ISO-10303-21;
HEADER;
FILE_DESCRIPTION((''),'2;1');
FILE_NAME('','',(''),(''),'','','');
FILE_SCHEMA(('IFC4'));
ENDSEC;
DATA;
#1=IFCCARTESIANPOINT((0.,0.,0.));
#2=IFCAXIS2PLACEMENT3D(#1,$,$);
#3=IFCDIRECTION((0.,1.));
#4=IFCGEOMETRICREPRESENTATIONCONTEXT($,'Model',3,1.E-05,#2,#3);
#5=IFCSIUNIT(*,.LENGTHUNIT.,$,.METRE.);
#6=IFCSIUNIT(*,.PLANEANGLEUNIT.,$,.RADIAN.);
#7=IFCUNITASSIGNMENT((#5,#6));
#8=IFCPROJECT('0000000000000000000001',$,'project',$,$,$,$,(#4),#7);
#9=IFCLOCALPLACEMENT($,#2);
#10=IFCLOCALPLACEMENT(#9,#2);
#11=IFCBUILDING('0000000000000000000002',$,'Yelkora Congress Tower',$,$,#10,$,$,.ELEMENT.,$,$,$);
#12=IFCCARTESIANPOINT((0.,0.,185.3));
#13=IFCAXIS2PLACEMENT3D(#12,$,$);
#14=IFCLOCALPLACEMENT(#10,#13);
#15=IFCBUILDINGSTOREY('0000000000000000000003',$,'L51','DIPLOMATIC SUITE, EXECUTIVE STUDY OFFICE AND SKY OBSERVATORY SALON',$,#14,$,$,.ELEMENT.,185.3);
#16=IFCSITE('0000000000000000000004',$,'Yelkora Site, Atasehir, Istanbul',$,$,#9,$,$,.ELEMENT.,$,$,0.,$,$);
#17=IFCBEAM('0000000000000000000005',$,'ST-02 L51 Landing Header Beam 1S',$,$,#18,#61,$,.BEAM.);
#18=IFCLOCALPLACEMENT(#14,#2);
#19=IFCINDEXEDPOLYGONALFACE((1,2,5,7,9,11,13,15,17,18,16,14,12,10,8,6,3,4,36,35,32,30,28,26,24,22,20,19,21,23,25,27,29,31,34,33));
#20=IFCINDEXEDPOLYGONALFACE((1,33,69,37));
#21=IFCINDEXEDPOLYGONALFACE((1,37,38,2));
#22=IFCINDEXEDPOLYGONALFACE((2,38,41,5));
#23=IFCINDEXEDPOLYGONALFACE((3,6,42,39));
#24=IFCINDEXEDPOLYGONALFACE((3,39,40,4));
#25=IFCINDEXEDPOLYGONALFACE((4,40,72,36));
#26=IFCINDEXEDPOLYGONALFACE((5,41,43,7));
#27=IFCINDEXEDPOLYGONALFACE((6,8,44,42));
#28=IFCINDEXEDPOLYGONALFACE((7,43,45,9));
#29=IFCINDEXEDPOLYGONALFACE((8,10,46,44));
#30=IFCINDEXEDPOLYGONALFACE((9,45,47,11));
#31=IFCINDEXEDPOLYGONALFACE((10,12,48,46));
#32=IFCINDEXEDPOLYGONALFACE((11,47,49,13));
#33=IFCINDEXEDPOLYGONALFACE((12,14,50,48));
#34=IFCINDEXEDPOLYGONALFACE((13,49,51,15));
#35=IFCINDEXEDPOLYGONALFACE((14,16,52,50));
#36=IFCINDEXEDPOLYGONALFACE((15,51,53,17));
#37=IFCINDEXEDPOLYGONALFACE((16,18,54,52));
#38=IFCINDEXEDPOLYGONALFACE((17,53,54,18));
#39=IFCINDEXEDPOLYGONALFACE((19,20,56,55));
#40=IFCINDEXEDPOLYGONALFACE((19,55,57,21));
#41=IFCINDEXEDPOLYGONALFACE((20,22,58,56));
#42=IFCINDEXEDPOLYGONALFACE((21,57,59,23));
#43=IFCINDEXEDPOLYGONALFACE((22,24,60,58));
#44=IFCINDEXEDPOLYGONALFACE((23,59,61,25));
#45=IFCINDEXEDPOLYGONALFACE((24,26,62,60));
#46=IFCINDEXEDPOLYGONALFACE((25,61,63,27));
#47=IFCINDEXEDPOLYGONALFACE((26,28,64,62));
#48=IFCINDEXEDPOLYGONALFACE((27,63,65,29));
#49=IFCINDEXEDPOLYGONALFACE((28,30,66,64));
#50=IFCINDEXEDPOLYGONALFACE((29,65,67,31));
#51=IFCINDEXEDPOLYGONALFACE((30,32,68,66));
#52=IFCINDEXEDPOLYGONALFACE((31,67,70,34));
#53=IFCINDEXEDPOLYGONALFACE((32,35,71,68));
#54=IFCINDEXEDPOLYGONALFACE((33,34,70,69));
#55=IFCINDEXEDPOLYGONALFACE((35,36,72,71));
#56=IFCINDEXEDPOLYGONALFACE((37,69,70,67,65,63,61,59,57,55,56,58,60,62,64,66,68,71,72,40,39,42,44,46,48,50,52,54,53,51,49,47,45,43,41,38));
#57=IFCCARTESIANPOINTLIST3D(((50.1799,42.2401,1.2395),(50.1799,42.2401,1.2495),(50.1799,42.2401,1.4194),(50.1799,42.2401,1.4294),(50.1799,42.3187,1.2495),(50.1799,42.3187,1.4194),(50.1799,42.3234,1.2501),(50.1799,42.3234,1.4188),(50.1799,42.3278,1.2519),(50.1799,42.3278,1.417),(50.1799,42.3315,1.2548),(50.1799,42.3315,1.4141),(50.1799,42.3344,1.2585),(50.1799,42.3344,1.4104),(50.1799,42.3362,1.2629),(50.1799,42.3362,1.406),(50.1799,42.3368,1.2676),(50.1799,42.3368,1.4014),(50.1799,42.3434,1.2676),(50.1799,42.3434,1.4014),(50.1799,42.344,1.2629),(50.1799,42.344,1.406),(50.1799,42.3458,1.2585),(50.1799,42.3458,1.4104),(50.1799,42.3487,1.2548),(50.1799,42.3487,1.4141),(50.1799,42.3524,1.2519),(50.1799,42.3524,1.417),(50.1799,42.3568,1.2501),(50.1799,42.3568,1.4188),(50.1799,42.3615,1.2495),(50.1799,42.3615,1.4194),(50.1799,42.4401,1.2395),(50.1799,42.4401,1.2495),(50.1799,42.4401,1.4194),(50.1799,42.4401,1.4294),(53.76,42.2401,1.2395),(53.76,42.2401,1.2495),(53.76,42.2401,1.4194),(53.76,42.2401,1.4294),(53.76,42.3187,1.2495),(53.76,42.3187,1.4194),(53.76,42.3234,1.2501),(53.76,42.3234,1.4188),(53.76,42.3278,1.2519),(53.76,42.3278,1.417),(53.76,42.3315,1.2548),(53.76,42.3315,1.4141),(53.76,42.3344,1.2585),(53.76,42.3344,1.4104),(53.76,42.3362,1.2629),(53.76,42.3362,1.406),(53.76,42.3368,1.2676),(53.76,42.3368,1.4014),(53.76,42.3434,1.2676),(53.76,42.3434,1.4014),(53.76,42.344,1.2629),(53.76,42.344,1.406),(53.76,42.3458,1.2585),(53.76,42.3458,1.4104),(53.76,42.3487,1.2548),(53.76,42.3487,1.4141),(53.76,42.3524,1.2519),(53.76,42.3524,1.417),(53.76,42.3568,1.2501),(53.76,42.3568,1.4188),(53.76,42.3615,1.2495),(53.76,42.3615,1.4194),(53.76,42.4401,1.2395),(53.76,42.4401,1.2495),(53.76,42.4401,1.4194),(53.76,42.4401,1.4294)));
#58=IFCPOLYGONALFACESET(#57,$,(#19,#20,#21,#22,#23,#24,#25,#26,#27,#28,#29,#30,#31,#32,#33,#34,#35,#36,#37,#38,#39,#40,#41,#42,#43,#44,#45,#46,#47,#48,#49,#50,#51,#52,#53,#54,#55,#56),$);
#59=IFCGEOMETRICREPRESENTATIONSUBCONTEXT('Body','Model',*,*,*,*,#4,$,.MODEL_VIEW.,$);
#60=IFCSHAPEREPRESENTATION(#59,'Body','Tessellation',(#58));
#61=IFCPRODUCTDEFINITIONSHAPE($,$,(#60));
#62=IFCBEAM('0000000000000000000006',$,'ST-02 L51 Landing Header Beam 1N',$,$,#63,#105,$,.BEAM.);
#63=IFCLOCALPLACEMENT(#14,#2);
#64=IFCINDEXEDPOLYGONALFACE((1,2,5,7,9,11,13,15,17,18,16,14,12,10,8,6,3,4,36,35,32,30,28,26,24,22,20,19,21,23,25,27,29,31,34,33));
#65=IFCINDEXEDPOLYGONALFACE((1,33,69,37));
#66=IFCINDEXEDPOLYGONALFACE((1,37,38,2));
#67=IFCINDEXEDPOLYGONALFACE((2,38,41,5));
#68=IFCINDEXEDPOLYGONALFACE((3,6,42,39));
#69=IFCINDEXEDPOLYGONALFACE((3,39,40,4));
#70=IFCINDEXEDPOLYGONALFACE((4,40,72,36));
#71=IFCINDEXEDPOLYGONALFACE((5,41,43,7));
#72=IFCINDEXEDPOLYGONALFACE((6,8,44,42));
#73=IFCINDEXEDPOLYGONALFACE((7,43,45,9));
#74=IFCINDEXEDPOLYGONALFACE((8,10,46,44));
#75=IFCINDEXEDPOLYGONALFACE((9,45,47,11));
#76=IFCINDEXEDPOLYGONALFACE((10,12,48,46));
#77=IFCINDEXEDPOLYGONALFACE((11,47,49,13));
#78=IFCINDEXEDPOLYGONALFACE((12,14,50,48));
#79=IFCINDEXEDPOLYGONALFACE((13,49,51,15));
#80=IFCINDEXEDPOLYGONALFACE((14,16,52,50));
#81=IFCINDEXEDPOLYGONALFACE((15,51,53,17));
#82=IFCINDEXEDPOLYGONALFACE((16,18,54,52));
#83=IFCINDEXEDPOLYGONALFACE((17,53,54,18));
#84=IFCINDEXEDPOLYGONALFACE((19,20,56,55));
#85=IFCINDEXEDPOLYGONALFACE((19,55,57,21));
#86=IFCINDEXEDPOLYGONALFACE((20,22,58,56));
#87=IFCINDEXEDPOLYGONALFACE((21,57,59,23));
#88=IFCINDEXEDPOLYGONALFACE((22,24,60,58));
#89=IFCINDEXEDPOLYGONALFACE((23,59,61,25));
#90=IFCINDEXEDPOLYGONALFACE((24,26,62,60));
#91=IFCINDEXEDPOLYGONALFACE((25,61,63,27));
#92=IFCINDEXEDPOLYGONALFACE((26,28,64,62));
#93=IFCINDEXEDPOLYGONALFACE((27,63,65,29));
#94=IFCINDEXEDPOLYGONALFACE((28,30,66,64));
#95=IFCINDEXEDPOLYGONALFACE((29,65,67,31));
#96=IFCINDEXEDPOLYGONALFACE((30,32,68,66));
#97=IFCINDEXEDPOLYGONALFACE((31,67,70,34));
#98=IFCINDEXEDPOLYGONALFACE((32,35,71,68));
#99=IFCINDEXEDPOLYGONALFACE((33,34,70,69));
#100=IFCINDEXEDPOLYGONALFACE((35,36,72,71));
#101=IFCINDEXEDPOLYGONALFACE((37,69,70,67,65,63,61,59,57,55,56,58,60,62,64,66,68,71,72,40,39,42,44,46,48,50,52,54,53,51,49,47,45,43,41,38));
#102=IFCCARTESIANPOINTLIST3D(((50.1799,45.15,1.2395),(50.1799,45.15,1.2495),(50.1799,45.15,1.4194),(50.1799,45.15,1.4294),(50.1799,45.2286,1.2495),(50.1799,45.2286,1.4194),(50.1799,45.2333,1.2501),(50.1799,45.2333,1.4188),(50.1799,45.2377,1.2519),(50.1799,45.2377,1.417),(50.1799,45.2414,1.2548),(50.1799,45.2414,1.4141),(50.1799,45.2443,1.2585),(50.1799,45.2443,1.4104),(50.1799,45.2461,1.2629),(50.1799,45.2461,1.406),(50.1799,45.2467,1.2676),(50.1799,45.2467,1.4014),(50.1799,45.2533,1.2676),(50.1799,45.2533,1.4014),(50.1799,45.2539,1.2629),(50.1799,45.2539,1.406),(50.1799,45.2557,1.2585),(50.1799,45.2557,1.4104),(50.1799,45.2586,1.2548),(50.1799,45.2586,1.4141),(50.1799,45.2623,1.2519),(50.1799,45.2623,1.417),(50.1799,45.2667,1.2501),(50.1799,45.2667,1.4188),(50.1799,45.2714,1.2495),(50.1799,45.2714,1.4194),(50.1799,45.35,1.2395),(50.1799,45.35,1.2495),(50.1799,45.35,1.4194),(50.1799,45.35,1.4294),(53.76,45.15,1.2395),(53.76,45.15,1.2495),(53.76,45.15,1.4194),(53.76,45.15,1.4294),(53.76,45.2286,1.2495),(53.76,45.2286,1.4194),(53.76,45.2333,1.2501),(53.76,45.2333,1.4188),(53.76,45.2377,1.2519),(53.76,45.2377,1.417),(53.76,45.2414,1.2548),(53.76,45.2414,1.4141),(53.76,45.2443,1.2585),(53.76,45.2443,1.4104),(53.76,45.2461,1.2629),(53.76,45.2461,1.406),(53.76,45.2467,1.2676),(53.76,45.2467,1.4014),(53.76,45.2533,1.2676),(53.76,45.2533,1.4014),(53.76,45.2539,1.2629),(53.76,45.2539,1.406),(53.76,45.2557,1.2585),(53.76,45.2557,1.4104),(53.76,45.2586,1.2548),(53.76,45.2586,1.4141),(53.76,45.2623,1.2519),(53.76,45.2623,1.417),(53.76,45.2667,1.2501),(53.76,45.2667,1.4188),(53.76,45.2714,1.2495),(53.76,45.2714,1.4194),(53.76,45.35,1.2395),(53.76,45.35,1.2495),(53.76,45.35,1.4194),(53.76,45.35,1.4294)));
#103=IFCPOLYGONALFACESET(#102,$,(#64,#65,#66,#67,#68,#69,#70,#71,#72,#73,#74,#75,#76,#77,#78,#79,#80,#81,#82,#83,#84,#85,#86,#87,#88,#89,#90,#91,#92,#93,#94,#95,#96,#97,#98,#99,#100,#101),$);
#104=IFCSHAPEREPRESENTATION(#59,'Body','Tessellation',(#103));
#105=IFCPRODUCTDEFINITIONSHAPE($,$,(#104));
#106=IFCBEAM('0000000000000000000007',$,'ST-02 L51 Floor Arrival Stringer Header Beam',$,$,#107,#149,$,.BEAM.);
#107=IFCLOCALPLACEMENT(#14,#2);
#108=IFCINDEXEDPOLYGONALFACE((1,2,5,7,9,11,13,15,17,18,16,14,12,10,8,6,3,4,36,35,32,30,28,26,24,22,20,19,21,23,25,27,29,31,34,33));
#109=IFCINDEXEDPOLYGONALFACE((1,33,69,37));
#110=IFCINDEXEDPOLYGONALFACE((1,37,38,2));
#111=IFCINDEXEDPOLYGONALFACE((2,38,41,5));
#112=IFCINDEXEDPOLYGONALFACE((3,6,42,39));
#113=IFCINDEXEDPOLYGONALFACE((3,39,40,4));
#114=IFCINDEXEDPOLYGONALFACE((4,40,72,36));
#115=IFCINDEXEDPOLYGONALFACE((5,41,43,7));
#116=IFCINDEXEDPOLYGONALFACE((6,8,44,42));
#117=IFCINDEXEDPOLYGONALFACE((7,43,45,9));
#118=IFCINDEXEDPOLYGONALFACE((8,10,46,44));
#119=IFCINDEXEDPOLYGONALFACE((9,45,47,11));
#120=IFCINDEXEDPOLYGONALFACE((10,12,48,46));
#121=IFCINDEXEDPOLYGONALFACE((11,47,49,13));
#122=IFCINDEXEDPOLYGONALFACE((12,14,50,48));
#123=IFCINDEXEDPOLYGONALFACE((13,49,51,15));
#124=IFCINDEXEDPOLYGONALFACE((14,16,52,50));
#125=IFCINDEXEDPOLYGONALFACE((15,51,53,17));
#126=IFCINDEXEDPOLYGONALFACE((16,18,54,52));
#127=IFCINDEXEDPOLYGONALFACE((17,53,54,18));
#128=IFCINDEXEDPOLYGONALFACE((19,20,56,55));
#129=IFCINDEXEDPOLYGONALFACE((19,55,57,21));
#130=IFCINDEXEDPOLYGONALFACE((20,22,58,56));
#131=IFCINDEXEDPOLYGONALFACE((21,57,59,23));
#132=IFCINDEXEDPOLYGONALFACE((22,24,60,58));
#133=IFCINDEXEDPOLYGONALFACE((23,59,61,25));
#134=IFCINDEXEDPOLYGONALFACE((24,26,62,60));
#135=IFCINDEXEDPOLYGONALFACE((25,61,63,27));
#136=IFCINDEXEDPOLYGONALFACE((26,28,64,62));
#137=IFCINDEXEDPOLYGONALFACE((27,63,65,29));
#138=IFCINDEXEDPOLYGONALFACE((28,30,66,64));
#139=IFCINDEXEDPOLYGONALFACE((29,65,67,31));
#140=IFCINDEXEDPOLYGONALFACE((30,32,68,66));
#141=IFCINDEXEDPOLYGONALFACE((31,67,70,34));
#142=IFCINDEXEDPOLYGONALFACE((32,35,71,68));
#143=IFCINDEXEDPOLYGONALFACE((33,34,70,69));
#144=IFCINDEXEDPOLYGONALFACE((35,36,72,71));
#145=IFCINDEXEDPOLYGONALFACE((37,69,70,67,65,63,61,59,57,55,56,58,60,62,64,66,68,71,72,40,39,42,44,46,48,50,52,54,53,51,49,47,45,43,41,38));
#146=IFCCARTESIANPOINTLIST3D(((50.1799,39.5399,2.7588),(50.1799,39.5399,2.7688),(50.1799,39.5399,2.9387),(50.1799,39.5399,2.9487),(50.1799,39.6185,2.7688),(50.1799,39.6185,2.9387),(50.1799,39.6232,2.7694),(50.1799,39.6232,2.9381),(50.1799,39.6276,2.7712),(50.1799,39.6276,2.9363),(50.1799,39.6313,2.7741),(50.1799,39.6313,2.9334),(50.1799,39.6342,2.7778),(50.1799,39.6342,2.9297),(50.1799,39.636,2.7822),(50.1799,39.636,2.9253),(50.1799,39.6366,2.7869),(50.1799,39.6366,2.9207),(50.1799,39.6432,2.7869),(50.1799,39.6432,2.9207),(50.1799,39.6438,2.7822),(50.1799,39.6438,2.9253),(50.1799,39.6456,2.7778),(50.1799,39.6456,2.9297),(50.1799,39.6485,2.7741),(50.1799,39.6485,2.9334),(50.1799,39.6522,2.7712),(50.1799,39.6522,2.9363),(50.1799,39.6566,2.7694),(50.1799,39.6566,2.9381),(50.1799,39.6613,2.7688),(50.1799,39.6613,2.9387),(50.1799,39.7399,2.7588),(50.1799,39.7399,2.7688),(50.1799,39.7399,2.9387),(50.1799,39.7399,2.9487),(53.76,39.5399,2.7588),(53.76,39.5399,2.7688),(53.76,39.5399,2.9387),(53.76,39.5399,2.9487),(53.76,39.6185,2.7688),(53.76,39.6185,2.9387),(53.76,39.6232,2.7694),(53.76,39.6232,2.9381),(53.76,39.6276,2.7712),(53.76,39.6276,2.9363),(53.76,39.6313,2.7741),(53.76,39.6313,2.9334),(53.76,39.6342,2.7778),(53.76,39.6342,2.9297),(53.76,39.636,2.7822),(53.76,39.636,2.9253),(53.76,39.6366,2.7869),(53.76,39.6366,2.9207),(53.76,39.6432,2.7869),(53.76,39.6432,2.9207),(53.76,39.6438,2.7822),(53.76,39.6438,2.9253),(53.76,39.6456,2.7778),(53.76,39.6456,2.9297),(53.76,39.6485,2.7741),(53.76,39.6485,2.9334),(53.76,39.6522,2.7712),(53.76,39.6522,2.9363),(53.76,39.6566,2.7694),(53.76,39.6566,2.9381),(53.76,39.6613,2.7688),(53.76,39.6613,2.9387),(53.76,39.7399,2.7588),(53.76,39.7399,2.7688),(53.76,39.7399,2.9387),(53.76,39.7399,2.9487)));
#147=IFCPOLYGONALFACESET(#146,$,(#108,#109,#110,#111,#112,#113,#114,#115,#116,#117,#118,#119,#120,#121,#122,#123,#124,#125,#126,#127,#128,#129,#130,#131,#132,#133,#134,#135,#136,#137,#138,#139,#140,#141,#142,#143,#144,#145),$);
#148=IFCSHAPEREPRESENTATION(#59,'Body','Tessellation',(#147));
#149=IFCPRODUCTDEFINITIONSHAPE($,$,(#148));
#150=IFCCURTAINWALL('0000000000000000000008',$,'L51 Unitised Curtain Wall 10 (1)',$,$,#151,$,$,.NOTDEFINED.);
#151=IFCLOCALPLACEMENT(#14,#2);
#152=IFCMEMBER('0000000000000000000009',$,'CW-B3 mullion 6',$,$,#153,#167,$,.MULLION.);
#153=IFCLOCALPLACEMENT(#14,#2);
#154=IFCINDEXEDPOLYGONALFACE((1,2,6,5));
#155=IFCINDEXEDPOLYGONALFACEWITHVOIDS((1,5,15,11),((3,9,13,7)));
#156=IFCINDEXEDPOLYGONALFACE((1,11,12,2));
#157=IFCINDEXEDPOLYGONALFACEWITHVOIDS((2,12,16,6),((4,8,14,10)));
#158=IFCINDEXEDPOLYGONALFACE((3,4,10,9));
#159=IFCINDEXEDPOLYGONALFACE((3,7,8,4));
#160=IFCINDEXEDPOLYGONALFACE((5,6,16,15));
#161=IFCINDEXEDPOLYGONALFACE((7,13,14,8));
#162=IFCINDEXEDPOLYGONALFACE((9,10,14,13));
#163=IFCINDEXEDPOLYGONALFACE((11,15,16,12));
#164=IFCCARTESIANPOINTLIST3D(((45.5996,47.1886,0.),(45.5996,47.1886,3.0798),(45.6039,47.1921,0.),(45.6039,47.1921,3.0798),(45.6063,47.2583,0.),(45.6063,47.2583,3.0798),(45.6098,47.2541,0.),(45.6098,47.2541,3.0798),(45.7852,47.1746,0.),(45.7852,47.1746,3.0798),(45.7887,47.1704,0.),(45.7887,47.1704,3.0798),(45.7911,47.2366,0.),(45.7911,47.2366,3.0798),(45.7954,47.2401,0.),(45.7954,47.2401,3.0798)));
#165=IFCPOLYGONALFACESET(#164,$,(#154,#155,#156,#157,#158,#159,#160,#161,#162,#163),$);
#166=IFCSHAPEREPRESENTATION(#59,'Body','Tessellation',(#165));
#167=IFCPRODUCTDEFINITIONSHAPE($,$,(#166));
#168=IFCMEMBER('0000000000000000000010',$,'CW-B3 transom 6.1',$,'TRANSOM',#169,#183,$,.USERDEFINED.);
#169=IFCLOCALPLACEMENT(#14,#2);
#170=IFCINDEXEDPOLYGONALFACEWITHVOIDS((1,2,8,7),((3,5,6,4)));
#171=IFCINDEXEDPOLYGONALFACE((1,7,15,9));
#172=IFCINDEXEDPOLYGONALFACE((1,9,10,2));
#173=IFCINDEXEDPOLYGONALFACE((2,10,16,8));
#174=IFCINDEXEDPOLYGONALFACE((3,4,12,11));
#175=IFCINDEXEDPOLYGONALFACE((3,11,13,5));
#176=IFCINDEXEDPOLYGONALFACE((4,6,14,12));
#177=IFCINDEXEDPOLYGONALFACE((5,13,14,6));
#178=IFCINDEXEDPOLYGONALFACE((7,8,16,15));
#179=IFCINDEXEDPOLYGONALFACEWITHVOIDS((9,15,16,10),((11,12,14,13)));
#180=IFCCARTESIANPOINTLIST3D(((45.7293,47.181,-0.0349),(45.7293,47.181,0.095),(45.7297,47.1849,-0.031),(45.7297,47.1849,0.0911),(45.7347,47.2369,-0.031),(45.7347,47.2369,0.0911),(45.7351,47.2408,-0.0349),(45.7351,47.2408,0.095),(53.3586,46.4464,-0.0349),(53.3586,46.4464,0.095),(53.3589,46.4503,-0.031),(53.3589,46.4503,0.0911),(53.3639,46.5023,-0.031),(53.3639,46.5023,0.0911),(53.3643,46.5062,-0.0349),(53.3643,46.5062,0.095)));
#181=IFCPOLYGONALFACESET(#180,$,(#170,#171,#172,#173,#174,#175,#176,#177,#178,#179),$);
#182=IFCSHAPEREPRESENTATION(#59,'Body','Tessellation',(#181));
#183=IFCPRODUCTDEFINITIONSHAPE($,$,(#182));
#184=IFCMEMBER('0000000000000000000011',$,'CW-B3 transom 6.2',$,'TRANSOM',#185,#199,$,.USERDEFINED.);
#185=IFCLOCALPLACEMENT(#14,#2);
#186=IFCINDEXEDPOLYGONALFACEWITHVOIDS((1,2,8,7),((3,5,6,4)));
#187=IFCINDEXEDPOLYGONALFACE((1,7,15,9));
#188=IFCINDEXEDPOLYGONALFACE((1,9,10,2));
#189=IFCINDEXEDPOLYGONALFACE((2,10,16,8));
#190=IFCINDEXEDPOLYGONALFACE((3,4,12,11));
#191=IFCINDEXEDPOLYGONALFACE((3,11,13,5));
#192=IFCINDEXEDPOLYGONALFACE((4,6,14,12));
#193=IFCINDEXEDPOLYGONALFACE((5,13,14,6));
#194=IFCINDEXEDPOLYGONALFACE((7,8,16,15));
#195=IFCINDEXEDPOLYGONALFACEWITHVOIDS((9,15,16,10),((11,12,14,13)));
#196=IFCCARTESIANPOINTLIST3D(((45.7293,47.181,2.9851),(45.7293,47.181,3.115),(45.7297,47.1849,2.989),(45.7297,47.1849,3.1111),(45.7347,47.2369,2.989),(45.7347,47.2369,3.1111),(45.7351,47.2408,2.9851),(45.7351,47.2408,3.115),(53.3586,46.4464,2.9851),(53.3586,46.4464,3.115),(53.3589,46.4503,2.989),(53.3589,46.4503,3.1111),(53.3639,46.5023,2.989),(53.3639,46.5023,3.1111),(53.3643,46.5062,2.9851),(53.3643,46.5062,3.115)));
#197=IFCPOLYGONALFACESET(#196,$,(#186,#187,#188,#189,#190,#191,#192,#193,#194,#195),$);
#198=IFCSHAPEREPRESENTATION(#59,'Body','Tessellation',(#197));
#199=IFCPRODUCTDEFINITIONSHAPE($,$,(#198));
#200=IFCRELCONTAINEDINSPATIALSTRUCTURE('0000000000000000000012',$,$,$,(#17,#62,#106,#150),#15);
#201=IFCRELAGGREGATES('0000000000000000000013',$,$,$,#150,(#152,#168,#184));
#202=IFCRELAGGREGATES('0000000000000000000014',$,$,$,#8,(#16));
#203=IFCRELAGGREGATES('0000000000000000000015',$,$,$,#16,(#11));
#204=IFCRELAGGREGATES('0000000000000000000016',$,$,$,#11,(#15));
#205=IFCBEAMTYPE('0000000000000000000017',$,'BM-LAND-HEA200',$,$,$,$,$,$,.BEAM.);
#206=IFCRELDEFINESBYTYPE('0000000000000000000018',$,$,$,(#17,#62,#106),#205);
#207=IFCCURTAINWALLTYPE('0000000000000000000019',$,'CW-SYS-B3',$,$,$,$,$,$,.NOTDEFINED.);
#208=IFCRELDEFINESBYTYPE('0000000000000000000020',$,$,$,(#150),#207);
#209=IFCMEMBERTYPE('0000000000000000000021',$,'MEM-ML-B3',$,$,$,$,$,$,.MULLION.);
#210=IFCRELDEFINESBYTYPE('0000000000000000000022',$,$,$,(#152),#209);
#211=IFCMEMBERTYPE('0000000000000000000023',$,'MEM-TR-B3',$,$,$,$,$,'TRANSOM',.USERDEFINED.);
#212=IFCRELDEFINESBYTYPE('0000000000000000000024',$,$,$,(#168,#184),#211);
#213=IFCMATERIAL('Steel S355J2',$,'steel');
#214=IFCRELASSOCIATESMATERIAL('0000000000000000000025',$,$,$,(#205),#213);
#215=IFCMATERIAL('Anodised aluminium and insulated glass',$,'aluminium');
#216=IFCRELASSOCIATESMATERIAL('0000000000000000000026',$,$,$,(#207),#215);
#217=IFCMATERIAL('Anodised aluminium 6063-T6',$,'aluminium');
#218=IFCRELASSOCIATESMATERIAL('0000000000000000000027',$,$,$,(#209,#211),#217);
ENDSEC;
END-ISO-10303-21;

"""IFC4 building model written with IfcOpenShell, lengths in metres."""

from ifc_helpers import new_model, si_unit, direction, frame, origin, origin_2d, place, context, subcontext, project, spatial, hollow_rectangle, i_section, extrude, material, material_profile, profile_set, type_object, element, aggregate, save


model = new_model("IFC4")

# Units and contexts
model_context = context("Model", 3, precision=1e-05, world=origin(), true_north=direction((0.0, 1.0)))
body_context = subcontext(model_context, "Body", "Model", "MODEL_VIEW")
ifc_project = project(units=[si_unit("LENGTHUNIT", "METRE"), si_unit("PLANEANGLEUNIT", "RADIAN")], contexts=[model_context])

# Site, building, storey
site_placement = place(None, origin())
site = spatial("IfcSite", under=ifc_project, at=site_placement, Name="Yelkora Site, Atasehir, Istanbul", CompositionType="ELEMENT", RefElevation=0.0)
building_placement = place(site_placement, origin())
building = spatial("IfcBuilding", under=site, at=building_placement, Name="Yelkora Congress Tower", CompositionType="ELEMENT")
storey_placement = place(building_placement, frame((0.0, 0.0, 185.3)))
storey = spatial("IfcBuildingStorey", under=building, at=storey_placement, Name="L51", Description="DIPLOMATIC SUITE, EXECUTIVE STUDY OFFICE AND SKY OBSERVATORY SALON", CompositionType="ELEMENT", Elevation=185.3)

# Beams
ifc_material_1 = material(Name="Steel S355J2", Category="steel")
ifc_material_profile_1 = material_profile(ifc_material_1, i_section(OverallWidth=0.2, OverallDepth=0.1899, WebThickness=0.0066, FlangeThickness=0.01, FilletRadius=0.0181, at=origin_2d()), Name="HEA 200")
ifc_profile_set_1 = profile_set([ifc_material_profile_1], Name="Steel S355J2")
beam_type_1 = type_object("IfcBeamType", Name="BM-LAND-HEA200", PredefinedType="BEAM", material=ifc_profile_set_1)
for number, where, z_axis, x_axis, name in (
    (1, (50.1799, 42.3401, 1.3345), (1.0, 0.0, 0.0), (0.0, 1.0, 0.0), "ST-02 L51 Landing Header Beam 1S"),
    (2, (50.1799, 45.25, 1.3345), (1.0, 0.0, 0.0), (0.0, 1.0, 0.0), "ST-02 L51 Landing Header Beam 1N"),
    (3, (50.1799, 39.6399, 2.8538), (1.0, 0.0, 0.0), (0.0, 1.0, 0.0), "ST-02 L51 Floor Arrival Stringer Header Beam"),
):
    element("IfcBeam", number, at=place(storey_placement, frame(where, z_axis=z_axis, x_axis=x_axis)), inside=storey, type_object=beam_type_1, Name=name, PredefinedType="BEAM", context=body_context, shape_type="SweptSolid", body=[
        extrude(i_section(OverallWidth=0.2, OverallDepth=0.1899, WebThickness=0.0066, FlangeThickness=0.01, FilletRadius=0.0181, at=origin_2d()), origin(), (0.0, 0.0, 1.0), 3.5801),
    ])

# Curtain wall, members
ifc_material_2 = material(Name="Anodised aluminium and insulated glass", Category="aluminium")
curtain_wall_type = type_object("IfcCurtainWallType", Name="CW-SYS-B3", PredefinedType="NOTDEFINED", material=ifc_material_2)
curtain_wall_placement = place(storey_placement, origin())
curtain_wall = element("IfcCurtainWall", 4, at=curtain_wall_placement, inside=storey, type_object=curtain_wall_type, Name="L51 Unitised Curtain Wall 10 (1)", PredefinedType="NOTDEFINED")
ifc_material_3 = material(Name="Anodised aluminium 6063-T6", Category="aluminium")
ifc_material_profile_2 = material_profile(ifc_material_3, hollow_rectangle(XDim=0.0701, YDim=0.1899, WallThickness=0.0039, at=origin_2d()), Name="ALU 70x190x4")
ifc_profile_set_2 = profile_set([ifc_material_profile_2], Name="Anodised aluminium 6063-T6")
member_type_1 = type_object("IfcMemberType", Name="MEM-ML-B3", PredefinedType="MULLION", material=ifc_profile_set_2)
member_1_placement = place(storey_placement, frame((45.6975, 47.2144, 0.0), z_axis=(0.0, 0.0, 1.0), x_axis=(0.095845, 0.995396, 0.0)))
member_1 = element("IfcMember", 5, at=member_1_placement, type_object=member_type_1, Name="CW-B3 mullion 6", PredefinedType="MULLION", context=body_context, shape_type="SweptSolid", body=[
    extrude(hollow_rectangle(XDim=0.0701, YDim=0.1899, WallThickness=0.0039, at=origin_2d()), origin(), (0.0, 0.0, 1.0), 3.0798),
])
ifc_material_profile_3 = material_profile(ifc_material_3, hollow_rectangle(XDim=0.0601, YDim=0.1299, WallThickness=0.0039, at=origin_2d()), Name="ALU 60x130x4")
ifc_profile_set_3 = profile_set([ifc_material_profile_3], Name="Anodised aluminium 6063-T6")
member_type_2 = type_object("IfcMemberType", Name="MEM-TR-B3", ElementType="TRANSOM", PredefinedType="USERDEFINED", material=ifc_profile_set_3)
member_2_placement = place(storey_placement, frame((45.7322, 47.2109, 0.03), z_axis=(0.995396, -0.095848, 0.0), x_axis=(0.095848, 0.995396, 0.0)))
member_2 = element("IfcMember", 6, at=member_2_placement, type_object=member_type_2, Name="CW-B3 transom 6.1", ObjectType="TRANSOM", PredefinedType="USERDEFINED", context=body_context, shape_type="SweptSolid", body=[
    extrude(hollow_rectangle(XDim=0.0601, YDim=0.1299, WallThickness=0.0039, at=origin_2d()), origin(), (0.0, 0.0, 1.0), 7.6646),
])
member_3_placement = place(storey_placement, frame((45.7322, 47.2109, 3.05), z_axis=(0.995396, -0.095848, 0.0), x_axis=(0.095848, 0.995396, 0.0)))
member_3 = element("IfcMember", 7, at=member_3_placement, type_object=member_type_2, Name="CW-B3 transom 6.2", ObjectType="TRANSOM", PredefinedType="USERDEFINED", context=body_context, shape_type="SweptSolid", body=[
    extrude(hollow_rectangle(XDim=0.0601, YDim=0.1299, WallThickness=0.0039, at=origin_2d()), origin(), (0.0, 0.0, 1.0), 7.6646),
])
aggregate(curtain_wall, [member_1, member_2, member_3])

save(model, "model.ifc")
